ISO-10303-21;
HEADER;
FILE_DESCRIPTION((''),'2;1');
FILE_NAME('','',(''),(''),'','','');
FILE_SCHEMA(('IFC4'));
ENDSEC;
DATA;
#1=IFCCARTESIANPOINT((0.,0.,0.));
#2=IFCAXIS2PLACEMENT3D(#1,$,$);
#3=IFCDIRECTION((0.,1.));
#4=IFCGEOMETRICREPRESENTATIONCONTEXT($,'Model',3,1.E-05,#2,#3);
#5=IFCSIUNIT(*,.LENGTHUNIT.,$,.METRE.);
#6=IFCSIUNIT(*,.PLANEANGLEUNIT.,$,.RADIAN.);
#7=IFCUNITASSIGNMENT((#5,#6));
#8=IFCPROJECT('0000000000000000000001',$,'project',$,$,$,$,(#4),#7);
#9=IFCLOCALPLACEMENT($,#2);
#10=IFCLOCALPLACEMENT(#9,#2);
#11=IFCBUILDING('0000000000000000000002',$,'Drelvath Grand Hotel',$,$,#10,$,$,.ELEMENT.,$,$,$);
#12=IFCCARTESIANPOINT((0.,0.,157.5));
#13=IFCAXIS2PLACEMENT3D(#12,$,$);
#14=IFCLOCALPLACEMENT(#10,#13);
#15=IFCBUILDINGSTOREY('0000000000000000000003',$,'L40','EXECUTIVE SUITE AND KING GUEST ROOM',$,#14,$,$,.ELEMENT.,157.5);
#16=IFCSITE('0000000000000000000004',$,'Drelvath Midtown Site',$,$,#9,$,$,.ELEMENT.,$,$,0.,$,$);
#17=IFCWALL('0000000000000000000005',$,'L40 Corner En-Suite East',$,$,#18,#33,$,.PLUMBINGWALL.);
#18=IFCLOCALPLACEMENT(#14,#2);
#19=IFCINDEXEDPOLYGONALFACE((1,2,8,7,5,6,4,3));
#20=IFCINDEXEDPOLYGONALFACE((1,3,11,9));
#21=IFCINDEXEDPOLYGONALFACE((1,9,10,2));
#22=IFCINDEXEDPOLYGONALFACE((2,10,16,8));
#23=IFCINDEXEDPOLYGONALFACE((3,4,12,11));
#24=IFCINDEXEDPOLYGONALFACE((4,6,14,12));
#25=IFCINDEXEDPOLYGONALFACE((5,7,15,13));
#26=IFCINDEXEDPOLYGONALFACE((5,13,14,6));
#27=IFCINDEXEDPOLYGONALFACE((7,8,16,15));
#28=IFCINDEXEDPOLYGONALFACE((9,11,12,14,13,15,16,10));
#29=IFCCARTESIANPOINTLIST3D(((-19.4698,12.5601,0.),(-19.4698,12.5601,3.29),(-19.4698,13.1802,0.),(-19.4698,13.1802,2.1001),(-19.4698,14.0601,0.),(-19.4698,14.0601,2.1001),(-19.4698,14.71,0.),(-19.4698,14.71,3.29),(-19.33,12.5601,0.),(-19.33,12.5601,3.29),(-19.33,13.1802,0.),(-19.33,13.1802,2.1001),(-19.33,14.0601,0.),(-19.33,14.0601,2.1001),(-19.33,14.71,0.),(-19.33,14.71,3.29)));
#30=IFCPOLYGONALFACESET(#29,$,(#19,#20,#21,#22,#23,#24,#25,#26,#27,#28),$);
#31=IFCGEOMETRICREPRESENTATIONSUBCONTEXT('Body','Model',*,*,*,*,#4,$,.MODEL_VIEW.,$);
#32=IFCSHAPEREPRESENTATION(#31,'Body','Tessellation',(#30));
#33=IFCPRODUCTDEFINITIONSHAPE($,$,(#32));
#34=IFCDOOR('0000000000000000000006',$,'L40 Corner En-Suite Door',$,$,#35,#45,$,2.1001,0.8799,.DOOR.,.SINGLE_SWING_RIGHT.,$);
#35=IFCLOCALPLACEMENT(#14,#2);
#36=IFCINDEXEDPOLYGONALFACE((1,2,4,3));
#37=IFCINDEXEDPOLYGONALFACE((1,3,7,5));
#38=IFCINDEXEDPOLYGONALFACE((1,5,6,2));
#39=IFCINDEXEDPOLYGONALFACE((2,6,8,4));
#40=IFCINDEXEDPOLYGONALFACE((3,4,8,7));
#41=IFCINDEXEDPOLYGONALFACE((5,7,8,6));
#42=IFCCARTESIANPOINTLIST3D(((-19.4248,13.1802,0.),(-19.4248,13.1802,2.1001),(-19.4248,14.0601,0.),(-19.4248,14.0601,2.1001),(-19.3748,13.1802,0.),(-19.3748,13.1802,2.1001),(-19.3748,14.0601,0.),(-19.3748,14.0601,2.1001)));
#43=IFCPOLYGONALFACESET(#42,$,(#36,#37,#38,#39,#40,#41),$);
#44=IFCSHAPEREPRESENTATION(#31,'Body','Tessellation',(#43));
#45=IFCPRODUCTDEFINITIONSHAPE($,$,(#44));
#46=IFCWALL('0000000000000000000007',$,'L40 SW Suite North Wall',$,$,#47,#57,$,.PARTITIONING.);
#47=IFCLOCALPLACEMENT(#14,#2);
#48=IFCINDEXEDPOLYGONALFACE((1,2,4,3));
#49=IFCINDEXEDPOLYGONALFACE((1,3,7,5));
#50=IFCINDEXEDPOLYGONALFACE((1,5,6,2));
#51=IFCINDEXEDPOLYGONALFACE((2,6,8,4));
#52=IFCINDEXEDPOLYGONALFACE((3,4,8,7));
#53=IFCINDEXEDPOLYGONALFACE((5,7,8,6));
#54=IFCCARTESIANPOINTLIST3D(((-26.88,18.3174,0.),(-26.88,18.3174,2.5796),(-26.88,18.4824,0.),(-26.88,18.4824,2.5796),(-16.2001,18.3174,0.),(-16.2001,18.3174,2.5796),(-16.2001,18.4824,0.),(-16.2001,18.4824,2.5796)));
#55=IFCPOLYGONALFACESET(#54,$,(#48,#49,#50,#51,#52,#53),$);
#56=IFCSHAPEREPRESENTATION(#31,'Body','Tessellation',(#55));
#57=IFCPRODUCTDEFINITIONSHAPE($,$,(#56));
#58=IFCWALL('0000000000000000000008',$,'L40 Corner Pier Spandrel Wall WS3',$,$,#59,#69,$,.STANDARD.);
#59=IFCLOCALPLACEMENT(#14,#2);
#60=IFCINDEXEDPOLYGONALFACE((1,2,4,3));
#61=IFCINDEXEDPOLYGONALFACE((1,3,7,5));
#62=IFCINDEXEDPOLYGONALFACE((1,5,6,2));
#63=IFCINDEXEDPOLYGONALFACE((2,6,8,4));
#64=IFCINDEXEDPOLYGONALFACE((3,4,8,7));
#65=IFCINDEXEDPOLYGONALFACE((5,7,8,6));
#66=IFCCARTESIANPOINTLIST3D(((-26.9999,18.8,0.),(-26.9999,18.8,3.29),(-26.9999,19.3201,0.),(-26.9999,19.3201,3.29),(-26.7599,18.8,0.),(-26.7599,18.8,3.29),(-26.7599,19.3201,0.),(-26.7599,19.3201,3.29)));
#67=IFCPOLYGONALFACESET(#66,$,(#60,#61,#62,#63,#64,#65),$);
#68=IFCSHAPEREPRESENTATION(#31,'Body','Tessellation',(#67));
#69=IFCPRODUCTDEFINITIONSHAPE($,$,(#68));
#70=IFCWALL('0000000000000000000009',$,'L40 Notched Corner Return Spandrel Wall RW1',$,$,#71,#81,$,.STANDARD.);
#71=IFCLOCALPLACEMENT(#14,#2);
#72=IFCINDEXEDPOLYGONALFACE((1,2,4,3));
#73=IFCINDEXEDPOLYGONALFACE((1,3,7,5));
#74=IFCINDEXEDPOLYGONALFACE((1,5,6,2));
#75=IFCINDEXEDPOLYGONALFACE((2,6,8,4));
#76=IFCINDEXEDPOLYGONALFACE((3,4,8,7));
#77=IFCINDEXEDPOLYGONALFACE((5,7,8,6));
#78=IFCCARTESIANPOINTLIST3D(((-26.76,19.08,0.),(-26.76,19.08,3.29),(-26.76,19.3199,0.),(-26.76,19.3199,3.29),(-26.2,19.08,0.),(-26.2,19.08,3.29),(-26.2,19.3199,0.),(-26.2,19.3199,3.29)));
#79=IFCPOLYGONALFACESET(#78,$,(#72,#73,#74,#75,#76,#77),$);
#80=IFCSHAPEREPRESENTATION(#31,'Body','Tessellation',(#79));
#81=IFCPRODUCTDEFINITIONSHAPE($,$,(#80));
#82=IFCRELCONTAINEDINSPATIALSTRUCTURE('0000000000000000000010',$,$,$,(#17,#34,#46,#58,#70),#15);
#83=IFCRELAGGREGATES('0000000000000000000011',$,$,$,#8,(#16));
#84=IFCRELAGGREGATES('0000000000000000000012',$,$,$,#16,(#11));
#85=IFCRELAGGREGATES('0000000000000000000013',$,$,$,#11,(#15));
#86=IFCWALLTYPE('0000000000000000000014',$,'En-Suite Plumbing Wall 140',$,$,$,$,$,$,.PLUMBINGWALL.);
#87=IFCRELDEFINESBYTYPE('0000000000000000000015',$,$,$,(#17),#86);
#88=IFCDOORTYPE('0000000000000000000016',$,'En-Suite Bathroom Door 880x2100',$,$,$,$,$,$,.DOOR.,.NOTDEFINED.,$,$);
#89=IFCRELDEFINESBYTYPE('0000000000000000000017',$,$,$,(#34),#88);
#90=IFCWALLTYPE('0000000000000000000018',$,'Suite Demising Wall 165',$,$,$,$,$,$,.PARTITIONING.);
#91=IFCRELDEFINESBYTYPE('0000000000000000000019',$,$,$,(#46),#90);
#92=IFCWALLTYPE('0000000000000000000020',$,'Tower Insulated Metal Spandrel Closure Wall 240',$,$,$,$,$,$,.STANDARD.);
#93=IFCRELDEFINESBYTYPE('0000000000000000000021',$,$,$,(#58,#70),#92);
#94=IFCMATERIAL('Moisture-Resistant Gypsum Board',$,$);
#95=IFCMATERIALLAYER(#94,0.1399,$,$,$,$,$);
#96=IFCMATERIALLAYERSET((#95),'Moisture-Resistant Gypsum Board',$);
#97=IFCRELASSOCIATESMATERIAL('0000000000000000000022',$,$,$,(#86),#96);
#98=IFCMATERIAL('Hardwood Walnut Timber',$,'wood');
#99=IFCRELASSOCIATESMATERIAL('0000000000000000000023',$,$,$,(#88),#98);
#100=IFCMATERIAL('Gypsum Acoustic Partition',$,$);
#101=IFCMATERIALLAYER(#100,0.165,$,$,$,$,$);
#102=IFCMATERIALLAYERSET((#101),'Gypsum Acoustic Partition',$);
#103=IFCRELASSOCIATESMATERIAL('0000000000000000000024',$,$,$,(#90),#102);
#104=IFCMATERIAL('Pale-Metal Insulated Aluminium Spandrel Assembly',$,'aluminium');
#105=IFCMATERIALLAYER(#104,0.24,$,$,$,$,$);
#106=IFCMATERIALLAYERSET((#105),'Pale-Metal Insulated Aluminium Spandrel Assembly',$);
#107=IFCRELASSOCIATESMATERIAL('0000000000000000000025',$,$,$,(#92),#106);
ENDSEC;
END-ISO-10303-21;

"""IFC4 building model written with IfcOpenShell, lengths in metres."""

from ifc_helpers import new_model, si_unit, direction, frame, frame_2d, origin, place, context, subcontext, project, spatial, rectangle, extrude, material, layer, layer_set, type_object, element, fill, save


model = new_model("IFC4")

# Units and contexts
model_context = context("Model", 3, precision=1e-05, world=origin(), true_north=direction((0.0, 1.0)))
body_context = subcontext(model_context, "Body", "Model", "MODEL_VIEW")
ifc_project = project(units=[si_unit("LENGTHUNIT", "METRE"), si_unit("PLANEANGLEUNIT", "RADIAN")], contexts=[model_context])

# Site, building, storey
site_placement = place(None, origin())
site = spatial("IfcSite", under=ifc_project, at=site_placement, Name="Drelvath Midtown Site", CompositionType="ELEMENT", RefElevation=0.0)
building_placement = place(site_placement, origin())
building = spatial("IfcBuilding", under=site, at=building_placement, Name="Drelvath Grand Hotel", CompositionType="ELEMENT")
storey_placement = place(building_placement, frame((0.0, 0.0, 157.5)))
storey = spatial("IfcBuildingStorey", under=building, at=storey_placement, Name="L40", Description="EXECUTIVE SUITE AND KING GUEST ROOM", CompositionType="ELEMENT", Elevation=157.5)

# Shared definitions
ifc_material_1 = material(Name="Hardwood Walnut Timber", Category="wood")

# Shared definitions
ifc_material_2 = material(Name="Moisture-Resistant Gypsum Board")
ifc_layer_1 = layer(ifc_material_2, 0.1399)
ifc_layer_set_1 = layer_set([ifc_layer_1], Name="Moisture-Resistant Gypsum Board")
wall_type_1 = type_object("IfcWallType", Name="En-Suite Plumbing Wall 140", PredefinedType="PLUMBINGWALL", material=ifc_layer_set_1)

# Wall, opening, door
wall_1_placement = place(storey_placement, frame((-19.3999, 12.5601, 0.0), z_axis=(0.0, 0.0, 1.0), x_axis=(0.0, 1.0, 0.0)))
wall_1 = element("IfcWall", 1, at=wall_1_placement, inside=storey, type_object=wall_type_1, Name="L40 Corner En-Suite East", PredefinedType="PLUMBINGWALL", context=body_context, shape_type="SweptSolid", body=[
    extrude(rectangle(XDim=2.1499, YDim=0.1399, at=frame_2d((1.075, 0.0))), origin(), (0.0, 0.0, 1.0), 3.29),
])
opening_1_placement = place(wall_1_placement, frame((0.6201, 0.0, 0.0)))
opening_1 = element("IfcOpeningElement", 2, at=opening_1_placement, cuts=wall_1, PredefinedType="OPENING", context=body_context, shape_type="SweptSolid", body=[
    extrude(rectangle(XDim=0.8799, YDim=2.1001, at=frame_2d((0.4399, 1.05))), frame((0.0, 0.0798, 0.0), z_axis=(0.0, -1.0, 0.0), x_axis=(1.0, 0.0, 0.0)), (0.0, 0.0, 1.0), 0.1599),
])
door_type_1 = type_object("IfcDoorType", Name="En-Suite Bathroom Door 880x2100", OperationType="NOTDEFINED", PredefinedType="DOOR", material=ifc_material_1)
door_1_placement = place(opening_1_placement, origin())
door_1 = element("IfcDoor", 3, at=door_1_placement, inside=storey, type_object=door_type_1, Name="L40 Corner En-Suite Door", OperationType="SINGLE_SWING_RIGHT", OverallHeight=2.1001, OverallWidth=0.8799, PredefinedType="DOOR", context=body_context, shape_type="SweptSolid", body=[
    extrude(rectangle(XDim=0.8799, YDim=2.1001, at=frame_2d((0.4399, 1.05))), frame((0.0, 0.0249, 0.0), z_axis=(0.0, -1.0, 0.0), x_axis=(1.0, 0.0, 0.0)), (0.0, 0.0, 1.0), 0.05),
])
fill(opening_1, door_1)

# Walls
ifc_material_3 = material(Name="Gypsum Acoustic Partition")
ifc_layer_2 = layer(ifc_material_3, 0.165)
ifc_layer_set_2 = layer_set([ifc_layer_2], Name="Gypsum Acoustic Partition")
wall_type_2 = type_object("IfcWallType", Name="Suite Demising Wall 165", PredefinedType="PARTITIONING", material=ifc_layer_set_2)
wall_2_placement = place(storey_placement, frame((-26.8799, 18.3999, 0.0), z_axis=(0.0, 0.0, 1.0), x_axis=(1.0, 0.0, 0.0)))
element("IfcWall", 4, at=wall_2_placement, inside=storey, type_object=wall_type_2, Name="L40 SW Suite North Wall", PredefinedType="PARTITIONING", context=body_context, shape_type="SweptSolid", body=[
    extrude(rectangle(XDim=10.6799, YDim=0.165, at=frame_2d((5.3398, 0.0))), origin(), (0.0, 0.0, 1.0), 2.5796),
])
ifc_material_4 = material(Name="Pale-Metal Insulated Aluminium Spandrel Assembly", Category="aluminium")
ifc_layer_3 = layer(ifc_material_4, 0.24)
ifc_layer_set_3 = layer_set([ifc_layer_3], Name="Pale-Metal Insulated Aluminium Spandrel Assembly")
wall_type_3 = type_object("IfcWallType", Name="Tower Insulated Metal Spandrel Closure Wall 240", PredefinedType="STANDARD", material=ifc_layer_set_3)
wall_3_placement = place(storey_placement, frame((-26.8799, 18.8, 0.0), z_axis=(0.0, 0.0, 1.0), x_axis=(0.0, 1.0, 0.0)))
element("IfcWall", 5, at=wall_3_placement, inside=storey, type_object=wall_type_3, Name="L40 Corner Pier Spandrel Wall WS3", PredefinedType="STANDARD", context=body_context, shape_type="SweptSolid", body=[
    extrude(rectangle(XDim=0.52, YDim=0.24, at=frame_2d((0.26, 0.0))), origin(), (0.0, 0.0, 1.0), 3.29),
])
wall_4_placement = place(storey_placement, frame((-26.76, 19.2, 0.0), z_axis=(0.0, 0.0, 1.0), x_axis=(1.0, 0.0, 0.0)))
element("IfcWall", 6, at=wall_4_placement, inside=storey, type_object=wall_type_3, Name="L40 Notched Corner Return Spandrel Wall RW1", PredefinedType="STANDARD", context=body_context, shape_type="SweptSolid", body=[
    extrude(rectangle(XDim=0.5601, YDim=0.24, at=frame_2d((0.28, 0.0))), origin(), (0.0, 0.0, 1.0), 3.29),
])

save(model, "model.ifc")
